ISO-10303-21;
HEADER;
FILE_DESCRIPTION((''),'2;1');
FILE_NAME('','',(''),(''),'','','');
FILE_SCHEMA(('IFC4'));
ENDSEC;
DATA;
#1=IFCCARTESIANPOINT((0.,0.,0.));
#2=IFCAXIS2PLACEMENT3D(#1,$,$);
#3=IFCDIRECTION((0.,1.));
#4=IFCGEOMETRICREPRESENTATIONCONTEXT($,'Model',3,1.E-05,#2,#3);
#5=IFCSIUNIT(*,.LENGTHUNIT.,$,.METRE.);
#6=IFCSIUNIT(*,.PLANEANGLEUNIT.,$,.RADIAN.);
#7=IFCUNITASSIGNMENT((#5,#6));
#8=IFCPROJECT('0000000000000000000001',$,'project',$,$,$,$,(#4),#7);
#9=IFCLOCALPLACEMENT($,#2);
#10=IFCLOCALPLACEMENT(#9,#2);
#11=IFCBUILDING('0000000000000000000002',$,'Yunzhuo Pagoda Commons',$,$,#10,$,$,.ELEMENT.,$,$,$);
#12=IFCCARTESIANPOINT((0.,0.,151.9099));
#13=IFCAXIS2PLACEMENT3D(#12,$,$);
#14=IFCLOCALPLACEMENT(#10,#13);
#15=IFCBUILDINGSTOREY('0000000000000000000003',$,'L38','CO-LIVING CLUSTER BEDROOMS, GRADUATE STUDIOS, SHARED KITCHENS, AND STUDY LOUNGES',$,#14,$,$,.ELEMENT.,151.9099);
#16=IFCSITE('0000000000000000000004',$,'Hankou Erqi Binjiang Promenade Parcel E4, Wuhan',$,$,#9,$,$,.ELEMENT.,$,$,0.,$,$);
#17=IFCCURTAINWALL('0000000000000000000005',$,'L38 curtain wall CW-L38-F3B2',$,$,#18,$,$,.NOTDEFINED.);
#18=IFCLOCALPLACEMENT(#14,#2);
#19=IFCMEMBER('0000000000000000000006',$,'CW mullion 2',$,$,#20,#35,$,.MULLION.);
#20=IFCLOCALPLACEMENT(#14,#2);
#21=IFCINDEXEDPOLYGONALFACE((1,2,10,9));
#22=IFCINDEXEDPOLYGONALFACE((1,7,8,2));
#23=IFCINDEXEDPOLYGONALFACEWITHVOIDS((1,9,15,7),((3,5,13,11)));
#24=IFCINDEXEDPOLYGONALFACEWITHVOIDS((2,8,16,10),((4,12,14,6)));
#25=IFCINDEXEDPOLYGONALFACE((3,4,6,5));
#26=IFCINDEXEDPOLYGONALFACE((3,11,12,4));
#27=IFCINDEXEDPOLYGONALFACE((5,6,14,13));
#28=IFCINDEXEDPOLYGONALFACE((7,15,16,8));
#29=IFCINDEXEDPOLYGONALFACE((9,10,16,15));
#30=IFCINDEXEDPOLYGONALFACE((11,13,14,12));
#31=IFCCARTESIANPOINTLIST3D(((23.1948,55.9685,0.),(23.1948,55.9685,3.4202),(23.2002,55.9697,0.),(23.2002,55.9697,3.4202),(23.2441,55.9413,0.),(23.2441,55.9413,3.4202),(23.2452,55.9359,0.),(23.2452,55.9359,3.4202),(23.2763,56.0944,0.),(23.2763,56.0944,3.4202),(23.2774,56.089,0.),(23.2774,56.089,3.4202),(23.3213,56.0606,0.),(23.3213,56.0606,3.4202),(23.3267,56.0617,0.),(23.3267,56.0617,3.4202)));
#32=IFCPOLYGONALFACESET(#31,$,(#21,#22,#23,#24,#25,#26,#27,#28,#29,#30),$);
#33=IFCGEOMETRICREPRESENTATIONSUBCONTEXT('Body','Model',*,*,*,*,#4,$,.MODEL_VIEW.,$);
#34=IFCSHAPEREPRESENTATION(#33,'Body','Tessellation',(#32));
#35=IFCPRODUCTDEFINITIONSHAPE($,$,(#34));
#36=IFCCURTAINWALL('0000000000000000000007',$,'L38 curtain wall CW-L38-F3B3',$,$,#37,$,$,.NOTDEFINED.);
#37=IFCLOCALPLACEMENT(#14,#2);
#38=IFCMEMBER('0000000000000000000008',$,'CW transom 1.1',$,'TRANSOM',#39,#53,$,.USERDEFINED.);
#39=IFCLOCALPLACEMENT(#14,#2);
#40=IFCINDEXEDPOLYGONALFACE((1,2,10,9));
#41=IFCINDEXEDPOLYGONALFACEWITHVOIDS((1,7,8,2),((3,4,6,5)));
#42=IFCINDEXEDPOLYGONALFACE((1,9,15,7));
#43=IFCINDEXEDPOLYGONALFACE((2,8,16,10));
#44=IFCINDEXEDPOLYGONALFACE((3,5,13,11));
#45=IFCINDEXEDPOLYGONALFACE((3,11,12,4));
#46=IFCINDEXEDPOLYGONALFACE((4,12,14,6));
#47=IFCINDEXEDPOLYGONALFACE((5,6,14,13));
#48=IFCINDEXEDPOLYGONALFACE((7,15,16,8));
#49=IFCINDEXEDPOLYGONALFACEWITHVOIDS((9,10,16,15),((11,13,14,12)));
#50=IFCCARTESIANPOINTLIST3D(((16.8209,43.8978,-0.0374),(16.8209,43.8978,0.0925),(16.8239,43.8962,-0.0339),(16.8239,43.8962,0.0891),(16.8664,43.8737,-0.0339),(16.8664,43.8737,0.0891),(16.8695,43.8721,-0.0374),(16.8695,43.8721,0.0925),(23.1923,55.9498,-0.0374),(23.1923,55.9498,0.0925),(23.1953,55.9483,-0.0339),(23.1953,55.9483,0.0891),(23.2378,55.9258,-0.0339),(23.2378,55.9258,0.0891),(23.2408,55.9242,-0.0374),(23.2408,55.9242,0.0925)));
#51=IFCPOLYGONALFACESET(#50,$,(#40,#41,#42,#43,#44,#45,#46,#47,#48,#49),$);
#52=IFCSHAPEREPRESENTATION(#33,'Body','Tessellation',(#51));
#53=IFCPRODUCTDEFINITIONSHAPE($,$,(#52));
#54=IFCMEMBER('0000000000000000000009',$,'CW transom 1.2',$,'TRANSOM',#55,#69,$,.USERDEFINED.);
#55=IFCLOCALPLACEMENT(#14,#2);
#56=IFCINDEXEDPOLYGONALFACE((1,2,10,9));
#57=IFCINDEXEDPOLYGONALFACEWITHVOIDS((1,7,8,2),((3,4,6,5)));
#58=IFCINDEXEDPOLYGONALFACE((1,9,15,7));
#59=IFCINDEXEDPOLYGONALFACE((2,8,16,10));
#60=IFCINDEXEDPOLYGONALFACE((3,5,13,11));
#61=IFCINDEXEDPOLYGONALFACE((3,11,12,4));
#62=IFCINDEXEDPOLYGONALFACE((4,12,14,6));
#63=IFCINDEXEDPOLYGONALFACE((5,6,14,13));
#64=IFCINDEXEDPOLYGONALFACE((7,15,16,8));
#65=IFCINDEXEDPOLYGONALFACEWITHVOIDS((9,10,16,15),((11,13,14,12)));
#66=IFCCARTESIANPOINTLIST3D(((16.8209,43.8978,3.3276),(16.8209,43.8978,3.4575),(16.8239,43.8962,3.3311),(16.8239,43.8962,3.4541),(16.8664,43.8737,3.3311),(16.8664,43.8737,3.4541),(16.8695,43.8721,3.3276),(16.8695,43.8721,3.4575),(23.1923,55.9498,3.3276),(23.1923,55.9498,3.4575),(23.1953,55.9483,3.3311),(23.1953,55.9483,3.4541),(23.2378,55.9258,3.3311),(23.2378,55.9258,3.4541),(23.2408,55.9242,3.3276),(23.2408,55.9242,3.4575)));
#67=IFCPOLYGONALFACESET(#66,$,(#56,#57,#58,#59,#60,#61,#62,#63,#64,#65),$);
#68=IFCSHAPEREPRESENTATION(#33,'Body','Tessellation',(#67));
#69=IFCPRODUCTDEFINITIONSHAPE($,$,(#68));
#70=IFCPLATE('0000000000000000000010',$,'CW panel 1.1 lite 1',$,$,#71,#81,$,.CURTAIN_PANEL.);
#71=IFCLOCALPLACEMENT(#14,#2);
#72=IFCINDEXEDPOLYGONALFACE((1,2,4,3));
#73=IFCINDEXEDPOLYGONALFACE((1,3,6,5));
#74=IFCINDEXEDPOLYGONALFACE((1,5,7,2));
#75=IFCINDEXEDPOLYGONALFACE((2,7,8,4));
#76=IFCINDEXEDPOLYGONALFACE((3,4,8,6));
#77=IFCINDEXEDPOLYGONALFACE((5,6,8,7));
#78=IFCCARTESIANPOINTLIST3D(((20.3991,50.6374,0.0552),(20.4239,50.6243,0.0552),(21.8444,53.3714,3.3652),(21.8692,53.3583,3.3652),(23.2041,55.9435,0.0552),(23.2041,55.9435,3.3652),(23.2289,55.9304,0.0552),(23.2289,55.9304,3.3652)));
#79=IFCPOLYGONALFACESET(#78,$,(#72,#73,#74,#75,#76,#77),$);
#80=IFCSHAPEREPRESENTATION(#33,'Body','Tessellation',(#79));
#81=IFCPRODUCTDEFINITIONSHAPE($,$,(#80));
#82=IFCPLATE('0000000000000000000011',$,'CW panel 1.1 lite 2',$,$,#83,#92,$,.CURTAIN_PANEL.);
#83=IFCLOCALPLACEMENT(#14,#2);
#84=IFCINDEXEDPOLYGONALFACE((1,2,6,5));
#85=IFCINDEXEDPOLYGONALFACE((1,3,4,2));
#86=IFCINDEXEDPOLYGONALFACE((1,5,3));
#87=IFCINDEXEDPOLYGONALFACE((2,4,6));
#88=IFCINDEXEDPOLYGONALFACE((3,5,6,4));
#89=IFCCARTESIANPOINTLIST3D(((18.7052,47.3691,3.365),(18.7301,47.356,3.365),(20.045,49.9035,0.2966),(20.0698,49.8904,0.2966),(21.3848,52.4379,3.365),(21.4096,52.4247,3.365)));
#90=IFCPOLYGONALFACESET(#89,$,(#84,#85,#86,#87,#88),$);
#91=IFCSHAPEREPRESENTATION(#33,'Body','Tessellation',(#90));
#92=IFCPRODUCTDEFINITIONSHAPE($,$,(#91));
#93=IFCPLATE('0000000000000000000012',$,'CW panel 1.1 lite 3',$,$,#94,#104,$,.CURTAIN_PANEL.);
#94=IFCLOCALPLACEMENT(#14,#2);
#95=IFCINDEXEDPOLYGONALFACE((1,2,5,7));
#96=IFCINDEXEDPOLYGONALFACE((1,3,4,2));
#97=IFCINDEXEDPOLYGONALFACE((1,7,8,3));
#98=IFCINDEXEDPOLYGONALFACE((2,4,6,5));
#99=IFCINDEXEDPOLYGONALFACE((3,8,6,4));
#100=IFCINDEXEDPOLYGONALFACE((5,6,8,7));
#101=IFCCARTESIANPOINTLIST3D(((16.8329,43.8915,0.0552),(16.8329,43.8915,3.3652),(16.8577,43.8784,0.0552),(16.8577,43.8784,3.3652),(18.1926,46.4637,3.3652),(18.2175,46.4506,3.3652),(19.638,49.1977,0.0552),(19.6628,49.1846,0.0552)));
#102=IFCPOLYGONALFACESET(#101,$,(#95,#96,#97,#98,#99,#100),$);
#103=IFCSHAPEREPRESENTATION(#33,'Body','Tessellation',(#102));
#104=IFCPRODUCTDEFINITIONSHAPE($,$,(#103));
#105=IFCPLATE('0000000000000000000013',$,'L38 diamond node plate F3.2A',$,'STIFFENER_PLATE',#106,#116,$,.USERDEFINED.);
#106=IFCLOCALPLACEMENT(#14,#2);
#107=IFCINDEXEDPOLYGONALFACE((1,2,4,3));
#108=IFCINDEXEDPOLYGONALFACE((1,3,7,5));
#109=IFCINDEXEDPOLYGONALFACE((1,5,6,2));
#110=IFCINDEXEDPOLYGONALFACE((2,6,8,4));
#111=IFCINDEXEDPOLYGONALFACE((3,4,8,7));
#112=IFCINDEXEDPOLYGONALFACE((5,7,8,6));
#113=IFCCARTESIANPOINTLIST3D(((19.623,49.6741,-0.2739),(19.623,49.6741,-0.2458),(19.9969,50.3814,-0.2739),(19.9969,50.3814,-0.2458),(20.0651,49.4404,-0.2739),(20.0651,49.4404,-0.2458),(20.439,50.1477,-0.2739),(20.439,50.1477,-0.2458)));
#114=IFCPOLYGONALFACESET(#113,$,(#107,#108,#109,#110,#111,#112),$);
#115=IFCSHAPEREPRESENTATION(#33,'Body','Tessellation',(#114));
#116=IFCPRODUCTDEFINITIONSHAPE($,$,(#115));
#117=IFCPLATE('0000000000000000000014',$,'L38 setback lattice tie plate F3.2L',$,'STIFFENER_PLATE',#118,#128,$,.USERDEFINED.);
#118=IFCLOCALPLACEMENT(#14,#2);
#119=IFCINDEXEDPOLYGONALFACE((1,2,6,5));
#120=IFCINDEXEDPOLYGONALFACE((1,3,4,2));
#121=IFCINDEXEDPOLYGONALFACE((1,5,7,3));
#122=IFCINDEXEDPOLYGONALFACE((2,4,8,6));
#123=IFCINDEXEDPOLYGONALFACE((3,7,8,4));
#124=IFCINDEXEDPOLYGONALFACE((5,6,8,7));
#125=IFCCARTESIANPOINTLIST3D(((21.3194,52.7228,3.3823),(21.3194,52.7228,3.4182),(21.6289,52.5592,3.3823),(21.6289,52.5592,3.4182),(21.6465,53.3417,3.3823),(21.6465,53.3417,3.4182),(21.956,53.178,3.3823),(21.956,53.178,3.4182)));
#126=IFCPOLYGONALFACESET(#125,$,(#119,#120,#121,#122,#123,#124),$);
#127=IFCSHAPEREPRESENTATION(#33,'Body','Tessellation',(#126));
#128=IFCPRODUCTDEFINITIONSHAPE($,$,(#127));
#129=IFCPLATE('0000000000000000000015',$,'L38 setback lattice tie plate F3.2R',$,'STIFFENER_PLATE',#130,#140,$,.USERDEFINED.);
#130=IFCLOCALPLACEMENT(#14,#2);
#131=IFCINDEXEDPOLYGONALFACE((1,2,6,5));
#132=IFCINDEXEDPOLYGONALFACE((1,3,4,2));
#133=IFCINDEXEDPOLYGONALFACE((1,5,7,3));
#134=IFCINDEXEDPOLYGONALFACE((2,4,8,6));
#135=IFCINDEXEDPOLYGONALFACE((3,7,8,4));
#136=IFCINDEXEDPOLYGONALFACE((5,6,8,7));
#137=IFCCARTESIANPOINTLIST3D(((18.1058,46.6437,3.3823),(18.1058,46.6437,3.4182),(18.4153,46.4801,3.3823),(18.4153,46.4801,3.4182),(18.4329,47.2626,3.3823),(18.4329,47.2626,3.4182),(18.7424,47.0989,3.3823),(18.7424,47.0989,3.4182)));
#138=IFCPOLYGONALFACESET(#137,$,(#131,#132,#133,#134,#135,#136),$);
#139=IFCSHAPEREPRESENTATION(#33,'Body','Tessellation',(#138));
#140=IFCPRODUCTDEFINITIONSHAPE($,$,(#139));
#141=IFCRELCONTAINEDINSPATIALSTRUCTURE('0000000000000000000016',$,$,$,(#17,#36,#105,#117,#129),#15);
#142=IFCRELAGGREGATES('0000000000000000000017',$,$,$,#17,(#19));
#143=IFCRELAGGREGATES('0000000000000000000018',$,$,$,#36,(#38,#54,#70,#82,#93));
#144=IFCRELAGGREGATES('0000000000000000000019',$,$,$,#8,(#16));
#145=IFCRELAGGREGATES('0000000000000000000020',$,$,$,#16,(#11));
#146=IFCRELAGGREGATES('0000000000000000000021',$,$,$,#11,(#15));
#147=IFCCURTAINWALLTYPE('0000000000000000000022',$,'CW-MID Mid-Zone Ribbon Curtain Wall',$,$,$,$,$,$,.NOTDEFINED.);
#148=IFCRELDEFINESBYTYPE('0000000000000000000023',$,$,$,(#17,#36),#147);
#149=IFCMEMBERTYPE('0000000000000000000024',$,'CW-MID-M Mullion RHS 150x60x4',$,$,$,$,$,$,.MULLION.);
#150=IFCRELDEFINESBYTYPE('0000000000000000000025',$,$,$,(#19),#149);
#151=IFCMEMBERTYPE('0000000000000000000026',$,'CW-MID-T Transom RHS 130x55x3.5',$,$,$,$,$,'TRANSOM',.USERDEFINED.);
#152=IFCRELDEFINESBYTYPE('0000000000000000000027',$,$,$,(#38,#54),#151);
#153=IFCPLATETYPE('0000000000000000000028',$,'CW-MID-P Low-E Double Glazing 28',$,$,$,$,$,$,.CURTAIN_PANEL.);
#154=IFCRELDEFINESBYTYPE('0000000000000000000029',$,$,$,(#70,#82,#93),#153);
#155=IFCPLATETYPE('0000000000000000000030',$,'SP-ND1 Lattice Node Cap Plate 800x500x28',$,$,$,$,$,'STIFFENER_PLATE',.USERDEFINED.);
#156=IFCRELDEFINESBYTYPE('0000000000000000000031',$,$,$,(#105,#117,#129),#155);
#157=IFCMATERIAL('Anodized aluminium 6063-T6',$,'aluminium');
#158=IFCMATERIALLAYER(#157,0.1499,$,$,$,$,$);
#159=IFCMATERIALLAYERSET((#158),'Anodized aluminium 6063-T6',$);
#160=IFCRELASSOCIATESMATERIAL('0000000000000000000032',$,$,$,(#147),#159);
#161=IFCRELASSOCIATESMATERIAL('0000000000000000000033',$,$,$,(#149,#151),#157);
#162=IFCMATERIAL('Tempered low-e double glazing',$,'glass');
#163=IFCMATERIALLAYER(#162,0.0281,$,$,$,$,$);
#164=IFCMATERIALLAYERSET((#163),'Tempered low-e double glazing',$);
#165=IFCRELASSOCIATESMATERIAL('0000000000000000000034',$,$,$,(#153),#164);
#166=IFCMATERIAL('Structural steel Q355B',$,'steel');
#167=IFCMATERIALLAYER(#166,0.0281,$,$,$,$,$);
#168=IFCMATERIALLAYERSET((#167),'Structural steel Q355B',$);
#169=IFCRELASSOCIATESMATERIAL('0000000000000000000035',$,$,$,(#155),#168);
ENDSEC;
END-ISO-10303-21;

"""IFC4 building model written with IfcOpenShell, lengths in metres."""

from ifc_helpers import new_model, si_unit, direction, frame, origin, origin_2d, place, context, subcontext, project, spatial, polyline, rectangle, hollow_rectangle, outline, extrude, source, transform, mapped, material, layer, layer_set, material_profile, profile_set, type_object, element, aggregate, save


model = new_model("IFC4")

# Units and contexts
model_context = context("Model", 3, precision=1e-05, world=origin(), true_north=direction((0.0, 1.0)))
body_context = subcontext(model_context, "Body", "Model", "MODEL_VIEW")
ifc_project = project(units=[si_unit("LENGTHUNIT", "METRE"), si_unit("PLANEANGLEUNIT", "RADIAN")], contexts=[model_context])

# Site, building, storey
site_placement = place(None, origin())
site = spatial("IfcSite", under=ifc_project, at=site_placement, Name="Hankou Erqi Binjiang Promenade Parcel E4, Wuhan", CompositionType="ELEMENT", RefElevation=0.0)
building_placement = place(site_placement, origin())
building = spatial("IfcBuilding", under=site, at=building_placement, Name="Yunzhuo Pagoda Commons", CompositionType="ELEMENT")
storey_placement = place(building_placement, frame((0.0, 0.0, 151.9099)))
storey = spatial("IfcBuildingStorey", under=building, at=storey_placement, Name="L38", Description="CO-LIVING CLUSTER BEDROOMS, GRADUATE STUDIOS, SHARED KITCHENS, AND STUDY LOUNGES", CompositionType="ELEMENT", Elevation=151.9099)

# Shared definitions
ifc_material_1 = material(Name="Structural steel Q355B", Category="steel")

# Curtain wall, member
ifc_material_2 = material(Name="Anodized aluminium 6063-T6", Category="aluminium")
ifc_layer_1 = layer(ifc_material_2, 0.1499)
ifc_layer_set_1 = layer_set([ifc_layer_1], Name="Anodized aluminium 6063-T6")
curtain_wall_type = type_object("IfcCurtainWallType", Name="CW-MID Mid-Zone Ribbon Curtain Wall", PredefinedType="NOTDEFINED", material=ifc_layer_set_1)
curtain_wall_1_placement = place(storey_placement, origin())
curtain_wall_1 = element("IfcCurtainWall", 1, at=curtain_wall_1_placement, inside=storey, type_object=curtain_wall_type, Name="L38 curtain wall CW-L38-F3B2", PredefinedType="NOTDEFINED")
ifc_material_profile_1 = material_profile(ifc_material_2, hollow_rectangle(XDim=0.0601, YDim=0.1499, WallThickness=0.0039, at=origin_2d()), Name="Anodized aluminium 6063-T6")
ifc_profile_set_1 = profile_set([ifc_material_profile_1], Name="Anodized aluminium 6063-T6")
member_type_1 = type_object("IfcMemberType", Name="CW-MID-M Mullion RHS 150x60x4", PredefinedType="MULLION", material=ifc_profile_set_1)
shared_shape_1 = source(origin(), body_context, "Body", "SweptSolid", [
    extrude(hollow_rectangle(XDim=0.0601, YDim=0.1499, WallThickness=0.0039, at=origin_2d()), origin(), (0.0, 0.0, 1.0), 3.4202),
])
member_1_placement = place(storey_placement, frame((23.2607, 56.0151, 0.0), z_axis=(0.0, 0.0, 1.0), x_axis=(0.839393, -0.543526, 0.0)))
member_1 = element("IfcMember", 2, at=member_1_placement, type_object=member_type_1, Name="CW mullion 2", PredefinedType="MULLION", context=body_context, shape_type="MappedRepresentation", body=[
    mapped(shared_shape_1, transform((0.0, 0.0, 0.0), scale=1.0)),
])
aggregate(curtain_wall_1, [member_1])

# Curtain wall, members, plates
curtain_wall_2_placement = place(storey_placement, origin())
curtain_wall_2 = element("IfcCurtainWall", 3, at=curtain_wall_2_placement, inside=storey, type_object=curtain_wall_type, Name="L38 curtain wall CW-L38-F3B3", PredefinedType="NOTDEFINED")
ifc_material_profile_2 = material_profile(ifc_material_2, hollow_rectangle(XDim=0.0549, YDim=0.1299, WallThickness=0.0034, at=origin_2d()), Name="Anodized aluminium 6063-T6")
ifc_profile_set_2 = profile_set([ifc_material_profile_2], Name="Anodized aluminium 6063-T6")
member_type_2 = type_object("IfcMemberType", Name="CW-MID-T Transom RHS 130x55x3.5", ElementType="TRANSOM", PredefinedType="USERDEFINED", material=ifc_profile_set_2)
shared_shape_2 = source(origin(), body_context, "Body", "SweptSolid", [
    extrude(hollow_rectangle(XDim=0.0549, YDim=0.1299, WallThickness=0.0034, at=origin_2d()), origin(), (0.0, 0.0, 1.0), 13.6326),
])
member_2_placement = place(storey_placement, frame((23.2166, 55.937, 0.0276), z_axis=(-0.467364, -0.884065, 0.0), x_axis=(0.884065, -0.467364, 0.0)))
member_2 = element("IfcMember", 4, at=member_2_placement, type_object=member_type_2, Name="CW transom 1.1", ObjectType="TRANSOM", PredefinedType="USERDEFINED", context=body_context, shape_type="MappedRepresentation", body=[
    mapped(shared_shape_2, transform((0.0, 0.0, 0.0), scale=1.0)),
])
member_3_placement = place(storey_placement, frame((23.2166, 55.937, 3.3926), z_axis=(-0.467364, -0.884065, 0.0), x_axis=(0.884065, -0.467364, 0.0)))
member_3 = element("IfcMember", 5, at=member_3_placement, type_object=member_type_2, Name="CW transom 1.2", ObjectType="TRANSOM", PredefinedType="USERDEFINED", context=body_context, shape_type="MappedRepresentation", body=[
    mapped(shared_shape_2, transform((0.0, 0.0, 0.0), scale=1.0)),
])
ifc_material_3 = material(Name="Tempered low-e double glazing", Category="glass")
ifc_layer_2 = layer(ifc_material_3, 0.0281)
ifc_layer_set_2 = layer_set([ifc_layer_2], Name="Tempered low-e double glazing")
plate_type_1 = type_object("IfcPlateType", Name="CW-MID-P Low-E Double Glazing 28", PredefinedType="CURTAIN_PANEL", material=ifc_layer_set_2)
plate_1_placement = place(storey_placement, frame((21.8264, 53.2773, 1.7102), z_axis=(-0.884069, 0.467357, 0.0), x_axis=(-0.467357, -0.884069, 0.0)))
plate_1 = element("IfcPlate", 6, at=plate_1_placement, type_object=plate_type_1, Name="CW panel 1.1 lite 1", PredefinedType="CURTAIN_PANEL", context=body_context, shape_type="SweptSolid", body=[
    extrude(outline(polyline([(-3.001, -1.655), (3.001, -1.655), (-0.0916, 1.655), (-3.001, 1.655), (-3.001, -1.655)])), origin(), (0.0, 0.0, 1.0), 0.0281),
])
plate_2_placement = place(storey_placement, frame((20.0698, 49.8904, 1.8308), z_axis=(-0.884069, 0.467357, 0.0), x_axis=(-0.467357, -0.884069, 0.0)))
plate_2 = element("IfcPlate", 7, at=plate_2_placement, type_object=plate_type_1, Name="CW panel 1.1 lite 2", PredefinedType="CURTAIN_PANEL", context=body_context, shape_type="SweptSolid", body=[
    extrude(outline(polyline([(-2.8667, 1.5342), (0.0, -1.5342), (2.8667, 1.5342), (-2.8667, 1.5342)])), origin(), (0.0, 0.0, 1.0), 0.0281),
])
plate_3_placement = place(storey_placement, frame((18.2603, 46.5315, 1.7102), z_axis=(-0.884069, 0.467357, 0.0), x_axis=(-0.467357, -0.884069, 0.0)))
plate_3 = element("IfcPlate", 8, at=plate_3_placement, type_object=plate_type_1, Name="CW panel 1.1 lite 3", PredefinedType="CURTAIN_PANEL", context=body_context, shape_type="SweptSolid", body=[
    extrude(outline(polyline([(-3.001, -1.655), (3.001, -1.655), (3.001, 1.655), (0.0916, 1.655), (-3.001, -1.655)])), origin(), (0.0, 0.0, 1.0), 0.0281),
])
aggregate(curtain_wall_2, [member_2, member_3, plate_1, plate_2, plate_3])

# Plates
ifc_layer_3 = layer(ifc_material_1, 0.0281)
ifc_layer_set_3 = layer_set([ifc_layer_3], Name="Structural steel Q355B")
plate_type_2 = type_object("IfcPlateType", Name="SP-ND1 Lattice Node Cap Plate 800x500x28", ElementType="STIFFENER_PLATE", PredefinedType="USERDEFINED", material=ifc_layer_set_3)
shared_shape_3 = source(origin(), body_context, "Body", "SweptSolid", [
    extrude(rectangle(XDim=0.8, YDim=0.5, at=origin_2d()), origin(), (0.0, 0.0, 1.0), 0.0281),
])
plate_4_placement = place(storey_placement, frame((20.031, 49.9109, -0.2739), z_axis=(0.0, 0.0, 1.0), x_axis=(-0.467359, -0.884068, 0.0)))
element("IfcPlate", 9, at=plate_4_placement, inside=storey, type_object=plate_type_2, Name="L38 diamond node plate F3.2A", ObjectType="STIFFENER_PLATE", PredefinedType="USERDEFINED", context=body_context, shape_type="MappedRepresentation", body=[
    mapped(shared_shape_3, transform((0.0, 0.0, 0.0), scale=1.0)),
])
shared_shape_4 = source(origin(), body_context, "Body", "SweptSolid", [
    extrude(rectangle(XDim=0.7, YDim=0.3501, at=origin_2d()), origin(), (0.0, 0.0, 1.0), 0.0359),
])
for number, where, z_axis, x_axis, name in (
    (10, (21.6377, 52.9504, 3.3823), (0.0, 0.0, 1.0), (-0.467359, -0.884068, 0.0), "L38 setback lattice tie plate F3.2L"),
    (11, (18.4241, 46.8713, 3.3823), (0.0, 0.0, 1.0), (-0.467359, -0.884068, 0.0), "L38 setback lattice tie plate F3.2R"),
):
    element("IfcPlate", number, at=place(storey_placement, frame(where, z_axis=z_axis, x_axis=x_axis)), inside=storey, type_object=plate_type_2, Name=name, ObjectType="STIFFENER_PLATE", PredefinedType="USERDEFINED", context=body_context, shape_type="MappedRepresentation", body=[
        mapped(shared_shape_4, transform((0.0, 0.0, 0.0), scale=1.0)),
    ])

save(model, "model.ifc")
